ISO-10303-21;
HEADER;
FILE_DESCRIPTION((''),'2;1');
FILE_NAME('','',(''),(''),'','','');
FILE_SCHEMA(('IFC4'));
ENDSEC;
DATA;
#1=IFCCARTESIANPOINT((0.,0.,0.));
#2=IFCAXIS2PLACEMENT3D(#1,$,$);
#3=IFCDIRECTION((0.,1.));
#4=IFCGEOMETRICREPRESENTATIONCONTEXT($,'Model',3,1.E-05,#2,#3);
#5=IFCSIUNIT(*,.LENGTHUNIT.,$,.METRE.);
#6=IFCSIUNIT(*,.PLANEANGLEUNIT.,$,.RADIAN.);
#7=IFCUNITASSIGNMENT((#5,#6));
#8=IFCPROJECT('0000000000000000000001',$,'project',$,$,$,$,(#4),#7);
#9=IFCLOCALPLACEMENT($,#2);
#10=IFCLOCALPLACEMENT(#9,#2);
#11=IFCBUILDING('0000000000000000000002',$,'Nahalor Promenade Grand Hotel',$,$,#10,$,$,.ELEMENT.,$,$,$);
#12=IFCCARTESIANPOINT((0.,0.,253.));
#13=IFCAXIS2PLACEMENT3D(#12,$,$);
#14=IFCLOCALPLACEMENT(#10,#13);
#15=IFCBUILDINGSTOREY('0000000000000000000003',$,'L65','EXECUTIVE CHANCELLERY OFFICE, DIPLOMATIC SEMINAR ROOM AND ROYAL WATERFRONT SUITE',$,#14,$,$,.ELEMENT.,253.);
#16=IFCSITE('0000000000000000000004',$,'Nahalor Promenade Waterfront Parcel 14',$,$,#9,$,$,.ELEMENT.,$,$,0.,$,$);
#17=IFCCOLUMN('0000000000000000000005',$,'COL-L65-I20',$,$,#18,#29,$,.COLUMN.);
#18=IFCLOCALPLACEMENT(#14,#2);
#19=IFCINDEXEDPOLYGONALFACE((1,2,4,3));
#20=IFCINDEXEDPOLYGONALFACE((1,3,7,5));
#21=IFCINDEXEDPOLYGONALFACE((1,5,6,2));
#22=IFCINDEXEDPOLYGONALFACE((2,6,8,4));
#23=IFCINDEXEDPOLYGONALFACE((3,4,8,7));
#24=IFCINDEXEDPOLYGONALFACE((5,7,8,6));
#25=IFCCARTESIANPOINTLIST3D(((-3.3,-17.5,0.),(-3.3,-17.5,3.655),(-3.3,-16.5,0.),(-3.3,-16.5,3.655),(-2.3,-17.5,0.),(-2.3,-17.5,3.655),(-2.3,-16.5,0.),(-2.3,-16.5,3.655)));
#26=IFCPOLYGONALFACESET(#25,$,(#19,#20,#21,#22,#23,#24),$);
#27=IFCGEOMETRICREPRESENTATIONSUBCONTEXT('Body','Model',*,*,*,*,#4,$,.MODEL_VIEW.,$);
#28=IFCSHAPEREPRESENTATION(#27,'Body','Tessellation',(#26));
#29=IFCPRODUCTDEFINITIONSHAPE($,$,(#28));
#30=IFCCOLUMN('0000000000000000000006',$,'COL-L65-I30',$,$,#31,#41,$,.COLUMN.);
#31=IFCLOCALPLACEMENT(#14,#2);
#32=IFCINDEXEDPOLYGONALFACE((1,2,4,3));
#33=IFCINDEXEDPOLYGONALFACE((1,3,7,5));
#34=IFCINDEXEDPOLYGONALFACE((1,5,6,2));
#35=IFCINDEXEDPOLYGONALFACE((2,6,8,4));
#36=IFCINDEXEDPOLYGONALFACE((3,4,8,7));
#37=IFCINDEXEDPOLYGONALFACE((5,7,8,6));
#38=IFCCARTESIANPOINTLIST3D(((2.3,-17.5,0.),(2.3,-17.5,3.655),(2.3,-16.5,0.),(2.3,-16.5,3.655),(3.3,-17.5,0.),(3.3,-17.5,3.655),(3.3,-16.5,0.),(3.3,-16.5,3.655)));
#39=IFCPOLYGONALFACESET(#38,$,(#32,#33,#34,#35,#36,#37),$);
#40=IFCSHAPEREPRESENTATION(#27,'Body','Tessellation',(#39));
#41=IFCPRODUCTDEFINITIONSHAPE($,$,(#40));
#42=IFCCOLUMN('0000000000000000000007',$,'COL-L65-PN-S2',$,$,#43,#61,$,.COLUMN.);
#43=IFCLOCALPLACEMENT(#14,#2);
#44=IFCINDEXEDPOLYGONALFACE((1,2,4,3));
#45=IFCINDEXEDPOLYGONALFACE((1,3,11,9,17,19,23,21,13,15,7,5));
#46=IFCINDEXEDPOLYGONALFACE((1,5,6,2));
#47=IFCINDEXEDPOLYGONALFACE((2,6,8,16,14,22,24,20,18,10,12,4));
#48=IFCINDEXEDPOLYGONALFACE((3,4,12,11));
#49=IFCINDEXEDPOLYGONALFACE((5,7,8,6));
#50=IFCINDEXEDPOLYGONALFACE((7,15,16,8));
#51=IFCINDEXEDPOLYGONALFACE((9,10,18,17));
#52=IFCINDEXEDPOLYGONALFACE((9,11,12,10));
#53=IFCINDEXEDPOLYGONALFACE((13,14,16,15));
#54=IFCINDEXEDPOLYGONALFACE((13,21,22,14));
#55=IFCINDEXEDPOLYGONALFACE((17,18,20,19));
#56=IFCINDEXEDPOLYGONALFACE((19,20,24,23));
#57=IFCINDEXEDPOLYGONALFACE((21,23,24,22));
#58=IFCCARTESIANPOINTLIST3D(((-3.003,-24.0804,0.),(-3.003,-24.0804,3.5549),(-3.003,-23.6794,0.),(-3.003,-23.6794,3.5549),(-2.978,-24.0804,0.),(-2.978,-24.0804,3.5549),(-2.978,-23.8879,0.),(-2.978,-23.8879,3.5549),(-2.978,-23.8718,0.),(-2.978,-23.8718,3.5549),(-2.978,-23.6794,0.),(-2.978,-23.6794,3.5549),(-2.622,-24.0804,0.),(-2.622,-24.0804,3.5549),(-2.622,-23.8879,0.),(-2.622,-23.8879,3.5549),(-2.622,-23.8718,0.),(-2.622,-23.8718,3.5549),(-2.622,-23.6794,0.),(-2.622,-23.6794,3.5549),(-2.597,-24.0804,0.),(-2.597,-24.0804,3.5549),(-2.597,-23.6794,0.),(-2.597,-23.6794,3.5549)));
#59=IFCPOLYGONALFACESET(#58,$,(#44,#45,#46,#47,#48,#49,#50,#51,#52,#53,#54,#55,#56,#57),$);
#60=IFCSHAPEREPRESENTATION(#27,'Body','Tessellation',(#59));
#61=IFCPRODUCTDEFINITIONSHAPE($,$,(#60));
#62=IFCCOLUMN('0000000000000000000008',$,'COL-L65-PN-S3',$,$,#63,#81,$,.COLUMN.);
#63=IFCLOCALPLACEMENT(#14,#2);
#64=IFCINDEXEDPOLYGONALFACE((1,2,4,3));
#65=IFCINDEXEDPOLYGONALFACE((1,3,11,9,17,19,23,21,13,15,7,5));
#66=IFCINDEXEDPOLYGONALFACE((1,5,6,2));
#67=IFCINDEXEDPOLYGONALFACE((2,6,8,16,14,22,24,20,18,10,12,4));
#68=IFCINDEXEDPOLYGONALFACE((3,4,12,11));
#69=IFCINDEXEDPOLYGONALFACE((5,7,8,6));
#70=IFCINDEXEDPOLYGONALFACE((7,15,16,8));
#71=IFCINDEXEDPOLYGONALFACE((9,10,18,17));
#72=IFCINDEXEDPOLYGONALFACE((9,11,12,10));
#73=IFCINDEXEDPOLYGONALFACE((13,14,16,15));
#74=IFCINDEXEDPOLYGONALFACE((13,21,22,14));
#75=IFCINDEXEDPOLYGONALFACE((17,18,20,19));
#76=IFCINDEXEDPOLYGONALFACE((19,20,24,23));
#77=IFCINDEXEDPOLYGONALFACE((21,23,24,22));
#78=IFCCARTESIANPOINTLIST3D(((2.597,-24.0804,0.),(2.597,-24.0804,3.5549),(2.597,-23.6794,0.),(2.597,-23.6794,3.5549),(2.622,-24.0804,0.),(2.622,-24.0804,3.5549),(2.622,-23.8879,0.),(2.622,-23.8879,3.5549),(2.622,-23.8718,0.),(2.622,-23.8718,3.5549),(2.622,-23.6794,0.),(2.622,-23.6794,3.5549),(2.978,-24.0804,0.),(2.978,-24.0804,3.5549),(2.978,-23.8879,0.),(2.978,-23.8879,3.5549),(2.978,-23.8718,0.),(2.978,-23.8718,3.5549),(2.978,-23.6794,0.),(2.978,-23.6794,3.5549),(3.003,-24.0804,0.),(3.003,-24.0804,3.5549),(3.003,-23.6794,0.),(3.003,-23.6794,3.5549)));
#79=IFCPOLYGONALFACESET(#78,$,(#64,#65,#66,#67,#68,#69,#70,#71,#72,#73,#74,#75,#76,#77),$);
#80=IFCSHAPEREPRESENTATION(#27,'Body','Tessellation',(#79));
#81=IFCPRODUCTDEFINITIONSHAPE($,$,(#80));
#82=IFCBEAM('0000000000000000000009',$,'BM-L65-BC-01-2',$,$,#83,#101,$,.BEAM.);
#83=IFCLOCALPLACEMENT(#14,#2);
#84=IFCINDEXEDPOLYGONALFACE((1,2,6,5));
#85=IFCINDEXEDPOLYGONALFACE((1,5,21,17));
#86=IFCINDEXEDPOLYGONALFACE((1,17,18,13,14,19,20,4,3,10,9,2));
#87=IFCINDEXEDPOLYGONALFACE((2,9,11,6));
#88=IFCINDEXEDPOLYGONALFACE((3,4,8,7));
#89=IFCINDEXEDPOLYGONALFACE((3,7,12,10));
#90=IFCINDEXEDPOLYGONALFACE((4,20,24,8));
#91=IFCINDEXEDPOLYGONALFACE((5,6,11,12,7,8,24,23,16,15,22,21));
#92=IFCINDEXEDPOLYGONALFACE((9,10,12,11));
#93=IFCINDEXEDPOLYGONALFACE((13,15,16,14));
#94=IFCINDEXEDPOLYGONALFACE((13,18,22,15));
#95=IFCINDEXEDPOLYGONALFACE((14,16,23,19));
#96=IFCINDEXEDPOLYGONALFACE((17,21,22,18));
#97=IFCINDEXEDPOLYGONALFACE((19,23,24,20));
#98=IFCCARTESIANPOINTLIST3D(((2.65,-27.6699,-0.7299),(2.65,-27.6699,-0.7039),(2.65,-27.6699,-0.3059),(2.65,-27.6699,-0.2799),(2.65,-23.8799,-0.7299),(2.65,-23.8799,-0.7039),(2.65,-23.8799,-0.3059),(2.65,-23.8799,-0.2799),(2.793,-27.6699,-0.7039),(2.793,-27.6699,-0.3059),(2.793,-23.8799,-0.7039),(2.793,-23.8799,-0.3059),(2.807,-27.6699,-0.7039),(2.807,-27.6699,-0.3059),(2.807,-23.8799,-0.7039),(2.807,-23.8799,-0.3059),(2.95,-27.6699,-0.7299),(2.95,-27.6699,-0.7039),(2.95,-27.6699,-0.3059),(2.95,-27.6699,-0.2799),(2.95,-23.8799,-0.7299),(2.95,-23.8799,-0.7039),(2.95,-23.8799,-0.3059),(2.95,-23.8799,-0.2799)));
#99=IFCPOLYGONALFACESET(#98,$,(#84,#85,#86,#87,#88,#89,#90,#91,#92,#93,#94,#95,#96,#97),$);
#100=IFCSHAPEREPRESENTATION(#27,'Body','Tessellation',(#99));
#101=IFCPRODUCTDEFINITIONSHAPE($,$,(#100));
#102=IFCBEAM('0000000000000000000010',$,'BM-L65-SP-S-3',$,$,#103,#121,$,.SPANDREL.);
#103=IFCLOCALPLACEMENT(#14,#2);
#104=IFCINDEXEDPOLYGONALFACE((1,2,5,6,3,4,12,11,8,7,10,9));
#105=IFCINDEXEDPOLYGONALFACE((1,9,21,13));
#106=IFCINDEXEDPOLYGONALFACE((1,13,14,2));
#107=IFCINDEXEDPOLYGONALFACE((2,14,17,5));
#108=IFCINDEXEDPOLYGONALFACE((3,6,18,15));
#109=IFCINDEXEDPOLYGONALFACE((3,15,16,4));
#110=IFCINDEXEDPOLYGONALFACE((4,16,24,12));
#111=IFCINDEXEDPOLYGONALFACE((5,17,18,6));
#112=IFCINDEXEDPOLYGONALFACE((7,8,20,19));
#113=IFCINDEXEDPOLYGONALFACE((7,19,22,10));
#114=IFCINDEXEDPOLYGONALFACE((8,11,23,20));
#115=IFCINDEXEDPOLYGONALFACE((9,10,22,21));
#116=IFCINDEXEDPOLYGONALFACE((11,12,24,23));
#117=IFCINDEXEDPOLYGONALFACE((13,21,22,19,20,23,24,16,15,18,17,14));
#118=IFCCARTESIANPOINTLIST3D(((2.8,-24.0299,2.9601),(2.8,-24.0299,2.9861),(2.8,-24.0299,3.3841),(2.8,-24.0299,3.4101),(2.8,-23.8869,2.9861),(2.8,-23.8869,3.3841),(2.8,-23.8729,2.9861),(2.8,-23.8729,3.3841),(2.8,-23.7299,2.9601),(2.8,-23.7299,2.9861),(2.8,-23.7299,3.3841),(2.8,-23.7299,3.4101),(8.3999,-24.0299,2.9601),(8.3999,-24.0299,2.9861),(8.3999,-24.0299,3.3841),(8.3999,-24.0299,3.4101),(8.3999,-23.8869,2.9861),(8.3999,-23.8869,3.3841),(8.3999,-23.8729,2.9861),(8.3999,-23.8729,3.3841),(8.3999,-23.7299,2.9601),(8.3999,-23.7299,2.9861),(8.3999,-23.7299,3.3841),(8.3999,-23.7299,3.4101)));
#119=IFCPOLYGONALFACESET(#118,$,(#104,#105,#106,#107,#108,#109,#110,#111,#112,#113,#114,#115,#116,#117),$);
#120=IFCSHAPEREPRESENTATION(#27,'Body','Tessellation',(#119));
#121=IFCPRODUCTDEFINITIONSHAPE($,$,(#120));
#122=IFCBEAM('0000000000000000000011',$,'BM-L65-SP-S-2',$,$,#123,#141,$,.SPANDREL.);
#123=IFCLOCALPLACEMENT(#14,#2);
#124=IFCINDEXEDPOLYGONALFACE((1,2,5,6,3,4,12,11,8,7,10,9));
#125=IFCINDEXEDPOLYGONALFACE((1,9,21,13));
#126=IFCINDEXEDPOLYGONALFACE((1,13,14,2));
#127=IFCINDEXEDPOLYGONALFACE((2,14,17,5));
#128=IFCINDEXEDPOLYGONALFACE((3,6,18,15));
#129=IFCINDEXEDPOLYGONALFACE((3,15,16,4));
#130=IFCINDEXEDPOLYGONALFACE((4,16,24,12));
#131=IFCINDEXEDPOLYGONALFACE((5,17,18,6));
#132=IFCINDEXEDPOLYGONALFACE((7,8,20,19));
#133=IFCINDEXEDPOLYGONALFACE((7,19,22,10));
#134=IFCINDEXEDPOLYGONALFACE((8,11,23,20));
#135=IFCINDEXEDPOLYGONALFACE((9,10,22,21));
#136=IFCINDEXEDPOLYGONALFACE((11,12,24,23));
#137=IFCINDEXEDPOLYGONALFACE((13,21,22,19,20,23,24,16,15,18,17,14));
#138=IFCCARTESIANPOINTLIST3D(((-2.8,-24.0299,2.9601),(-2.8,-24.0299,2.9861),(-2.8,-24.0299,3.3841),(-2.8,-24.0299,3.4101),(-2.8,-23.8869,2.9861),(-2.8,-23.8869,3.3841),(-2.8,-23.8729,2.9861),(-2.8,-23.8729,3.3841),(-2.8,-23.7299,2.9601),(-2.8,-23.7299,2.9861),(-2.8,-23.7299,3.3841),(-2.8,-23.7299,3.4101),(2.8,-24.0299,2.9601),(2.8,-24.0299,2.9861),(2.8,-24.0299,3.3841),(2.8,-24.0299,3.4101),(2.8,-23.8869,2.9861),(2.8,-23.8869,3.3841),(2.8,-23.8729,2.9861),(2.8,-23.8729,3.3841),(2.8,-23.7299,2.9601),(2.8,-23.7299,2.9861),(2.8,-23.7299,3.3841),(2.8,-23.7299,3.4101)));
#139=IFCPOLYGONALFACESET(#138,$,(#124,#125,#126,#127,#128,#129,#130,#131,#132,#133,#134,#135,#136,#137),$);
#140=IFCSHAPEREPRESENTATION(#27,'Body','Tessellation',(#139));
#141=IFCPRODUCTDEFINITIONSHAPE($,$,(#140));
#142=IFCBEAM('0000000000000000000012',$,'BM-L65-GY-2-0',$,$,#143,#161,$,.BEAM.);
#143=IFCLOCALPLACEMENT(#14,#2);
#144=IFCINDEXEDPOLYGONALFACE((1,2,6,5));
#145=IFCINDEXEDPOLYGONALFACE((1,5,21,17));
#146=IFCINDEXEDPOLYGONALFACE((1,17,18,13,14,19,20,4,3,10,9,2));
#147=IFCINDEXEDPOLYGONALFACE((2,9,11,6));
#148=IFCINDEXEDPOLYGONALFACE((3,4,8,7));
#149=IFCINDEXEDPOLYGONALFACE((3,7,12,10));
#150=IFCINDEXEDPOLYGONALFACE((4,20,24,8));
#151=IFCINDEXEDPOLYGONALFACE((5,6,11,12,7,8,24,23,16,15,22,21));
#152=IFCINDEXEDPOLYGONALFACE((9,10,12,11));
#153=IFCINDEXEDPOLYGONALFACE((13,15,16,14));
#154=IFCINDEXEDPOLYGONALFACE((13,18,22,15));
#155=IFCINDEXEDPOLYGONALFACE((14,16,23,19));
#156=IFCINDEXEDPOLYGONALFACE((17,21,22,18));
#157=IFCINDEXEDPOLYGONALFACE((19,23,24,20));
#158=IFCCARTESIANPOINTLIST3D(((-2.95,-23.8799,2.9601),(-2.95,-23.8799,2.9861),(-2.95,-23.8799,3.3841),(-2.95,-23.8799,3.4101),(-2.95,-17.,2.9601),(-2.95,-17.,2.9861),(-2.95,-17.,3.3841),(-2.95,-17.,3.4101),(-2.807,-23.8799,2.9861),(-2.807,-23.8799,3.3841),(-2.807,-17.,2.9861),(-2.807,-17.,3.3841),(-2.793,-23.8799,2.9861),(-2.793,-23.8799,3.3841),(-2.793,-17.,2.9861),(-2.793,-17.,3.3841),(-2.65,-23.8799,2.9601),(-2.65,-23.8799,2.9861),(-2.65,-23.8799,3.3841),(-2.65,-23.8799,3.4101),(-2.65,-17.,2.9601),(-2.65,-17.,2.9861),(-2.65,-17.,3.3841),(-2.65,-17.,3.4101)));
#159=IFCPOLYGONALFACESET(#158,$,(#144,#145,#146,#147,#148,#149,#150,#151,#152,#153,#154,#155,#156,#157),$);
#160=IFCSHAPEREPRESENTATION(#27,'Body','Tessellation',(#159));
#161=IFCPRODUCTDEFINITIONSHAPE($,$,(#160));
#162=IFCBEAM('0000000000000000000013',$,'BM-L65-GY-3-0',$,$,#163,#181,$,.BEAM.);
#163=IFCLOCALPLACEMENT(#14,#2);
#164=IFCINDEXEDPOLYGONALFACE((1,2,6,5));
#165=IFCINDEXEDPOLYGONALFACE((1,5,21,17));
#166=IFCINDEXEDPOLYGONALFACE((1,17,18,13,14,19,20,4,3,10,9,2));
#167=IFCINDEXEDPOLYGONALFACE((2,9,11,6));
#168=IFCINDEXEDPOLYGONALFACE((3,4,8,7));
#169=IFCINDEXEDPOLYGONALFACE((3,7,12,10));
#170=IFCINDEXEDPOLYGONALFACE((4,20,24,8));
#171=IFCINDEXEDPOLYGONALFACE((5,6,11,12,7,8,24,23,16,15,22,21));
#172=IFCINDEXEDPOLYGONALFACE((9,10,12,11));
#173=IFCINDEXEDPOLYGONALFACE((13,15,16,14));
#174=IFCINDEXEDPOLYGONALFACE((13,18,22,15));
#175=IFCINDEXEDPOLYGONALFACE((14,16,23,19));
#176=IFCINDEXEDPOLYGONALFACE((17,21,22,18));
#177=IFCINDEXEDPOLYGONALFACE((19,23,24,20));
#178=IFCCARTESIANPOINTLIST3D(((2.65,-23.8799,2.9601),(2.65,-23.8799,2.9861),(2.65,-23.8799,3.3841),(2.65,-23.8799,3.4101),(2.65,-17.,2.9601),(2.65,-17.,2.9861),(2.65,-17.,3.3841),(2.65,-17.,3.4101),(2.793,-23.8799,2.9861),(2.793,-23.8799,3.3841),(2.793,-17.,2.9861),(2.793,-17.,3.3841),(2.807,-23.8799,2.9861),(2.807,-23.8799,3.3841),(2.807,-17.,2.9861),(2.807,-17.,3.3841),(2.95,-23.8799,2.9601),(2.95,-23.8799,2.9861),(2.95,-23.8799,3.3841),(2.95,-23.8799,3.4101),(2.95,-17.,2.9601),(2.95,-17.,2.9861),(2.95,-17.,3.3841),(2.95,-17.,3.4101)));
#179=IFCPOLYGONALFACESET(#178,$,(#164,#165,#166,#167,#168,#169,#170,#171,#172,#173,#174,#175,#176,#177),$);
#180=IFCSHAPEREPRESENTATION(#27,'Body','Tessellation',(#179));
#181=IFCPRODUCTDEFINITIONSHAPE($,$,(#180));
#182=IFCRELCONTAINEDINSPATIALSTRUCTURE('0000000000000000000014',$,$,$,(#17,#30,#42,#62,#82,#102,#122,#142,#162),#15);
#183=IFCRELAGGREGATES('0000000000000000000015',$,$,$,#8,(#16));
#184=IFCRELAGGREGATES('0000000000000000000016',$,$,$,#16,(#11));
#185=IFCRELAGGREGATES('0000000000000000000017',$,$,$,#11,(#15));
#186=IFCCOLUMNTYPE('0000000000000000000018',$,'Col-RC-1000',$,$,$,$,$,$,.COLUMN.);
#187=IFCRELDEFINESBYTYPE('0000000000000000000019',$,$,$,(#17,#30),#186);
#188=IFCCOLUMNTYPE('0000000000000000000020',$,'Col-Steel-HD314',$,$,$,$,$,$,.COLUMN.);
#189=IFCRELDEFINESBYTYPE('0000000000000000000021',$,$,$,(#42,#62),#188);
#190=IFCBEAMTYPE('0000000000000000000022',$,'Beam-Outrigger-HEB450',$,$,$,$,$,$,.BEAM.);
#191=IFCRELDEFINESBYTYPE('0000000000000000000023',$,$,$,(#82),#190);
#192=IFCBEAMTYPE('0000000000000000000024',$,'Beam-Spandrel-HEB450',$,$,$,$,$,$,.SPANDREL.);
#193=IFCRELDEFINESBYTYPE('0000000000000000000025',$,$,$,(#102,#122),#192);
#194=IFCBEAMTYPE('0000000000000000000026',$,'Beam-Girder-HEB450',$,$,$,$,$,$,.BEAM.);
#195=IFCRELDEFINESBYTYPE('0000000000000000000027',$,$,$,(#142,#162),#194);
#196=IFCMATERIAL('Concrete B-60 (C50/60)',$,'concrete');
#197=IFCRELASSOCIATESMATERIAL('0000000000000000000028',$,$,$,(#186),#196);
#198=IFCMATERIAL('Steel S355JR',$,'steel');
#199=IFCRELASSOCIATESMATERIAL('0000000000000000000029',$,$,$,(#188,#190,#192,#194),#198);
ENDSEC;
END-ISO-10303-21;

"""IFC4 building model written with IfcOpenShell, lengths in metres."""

from ifc_helpers import new_model, si_unit, direction, frame, origin, origin_2d, place, context, subcontext, project, spatial, rectangle, i_section, extrude, source, transform, mapped, material, material_profile, profile_set, type_object, element, save


model = new_model("IFC4")

# Units and contexts
model_context = context("Model", 3, precision=1e-05, world=origin(), true_north=direction((0.0, 1.0)))
body_context = subcontext(model_context, "Body", "Model", "MODEL_VIEW")
ifc_project = project(units=[si_unit("LENGTHUNIT", "METRE"), si_unit("PLANEANGLEUNIT", "RADIAN")], contexts=[model_context])

# Site, building, storey
site_placement = place(None, origin())
site = spatial("IfcSite", under=ifc_project, at=site_placement, Name="Nahalor Promenade Waterfront Parcel 14", CompositionType="ELEMENT", RefElevation=0.0)
building_placement = place(site_placement, origin())
building = spatial("IfcBuilding", under=site, at=building_placement, Name="Nahalor Promenade Grand Hotel", CompositionType="ELEMENT")
storey_placement = place(building_placement, frame((0.0, 0.0, 253.0)))
storey = spatial("IfcBuildingStorey", under=building, at=storey_placement, Name="L65", Description="EXECUTIVE CHANCELLERY OFFICE, DIPLOMATIC SEMINAR ROOM AND ROYAL WATERFRONT SUITE", CompositionType="ELEMENT", Elevation=253.0)

# Columns
ifc_material_1 = material(Name="Concrete B-60 (C50/60)", Category="concrete")
ifc_material_profile_1 = material_profile(ifc_material_1, rectangle(XDim=1.0, YDim=1.0, at=origin_2d()), Name="RC 1000x1000")
ifc_profile_set_1 = profile_set([ifc_material_profile_1], Name="Concrete B-60 (C50/60)")
column_type_1 = type_object("IfcColumnType", Name="Col-RC-1000", PredefinedType="COLUMN", material=ifc_profile_set_1)
shared_shape_1 = source(origin(), body_context, "Body", "SweptSolid", [
    extrude(rectangle(XDim=1.0, YDim=1.0, at=origin_2d()), origin(), (0.0, 0.0, 1.0), 3.655),
])
for number, where, z_axis, x_axis, name in (
    (1, (-2.8, -17.0, 0.0), (0.0, 0.0, 1.0), (1.0, 0.0, 0.0), "COL-L65-I20"),
    (2, (2.8, -17.0, 0.0), (0.0, 0.0, 1.0), (1.0, 0.0, 0.0), "COL-L65-I30"),
):
    element("IfcColumn", number, at=place(storey_placement, frame(where, z_axis=z_axis, x_axis=x_axis)), inside=storey, type_object=column_type_1, Name=name, PredefinedType="COLUMN", context=body_context, shape_type="MappedRepresentation", body=[
        mapped(shared_shape_1, transform((0.0, 0.0, 0.0), scale=1.0)),
    ])
ifc_material_2 = material(Name="Steel S355JR", Category="steel")
ifc_material_profile_2 = material_profile(ifc_material_2, i_section(OverallWidth=0.401, OverallDepth=0.406, WebThickness=0.0161, FlangeThickness=0.025, at=origin_2d()), Name="HD 400x314")
ifc_profile_set_2 = profile_set([ifc_material_profile_2], Name="Steel S355JR")
column_type_2 = type_object("IfcColumnType", Name="Col-Steel-HD314", PredefinedType="COLUMN", material=ifc_profile_set_2)
shared_shape_2 = source(origin(), body_context, "Body", "SweptSolid", [
    extrude(i_section(OverallWidth=0.401, OverallDepth=0.406, WebThickness=0.0161, FlangeThickness=0.025, at=origin_2d()), origin(), (0.0, 0.0, 1.0), 3.5549),
])
for number, where, z_axis, x_axis, name in (
    (3, (-2.8, -23.8799, 0.0), (0.0, 0.0, 1.0), (0.0, 1.0, 0.0), "COL-L65-PN-S2"),
    (4, (2.8, -23.8799, 0.0), (0.0, 0.0, 1.0), (0.0, 1.0, 0.0), "COL-L65-PN-S3"),
):
    element("IfcColumn", number, at=place(storey_placement, frame(where, z_axis=z_axis, x_axis=x_axis)), inside=storey, type_object=column_type_2, Name=name, PredefinedType="COLUMN", context=body_context, shape_type="MappedRepresentation", body=[
        mapped(shared_shape_2, transform((0.0, 0.0, 0.0), scale=1.0)),
    ])

# Beams
ifc_material_profile_3 = material_profile(ifc_material_2, i_section(OverallWidth=0.3, OverallDepth=0.45, WebThickness=0.014, FlangeThickness=0.026, at=origin_2d()), Name="HEB 450")
ifc_profile_set_3 = profile_set([ifc_material_profile_3], Name="Steel S355JR")
beam_type_1 = type_object("IfcBeamType", Name="Beam-Outrigger-HEB450", PredefinedType="BEAM", material=ifc_profile_set_3)
shared_shape_3 = source(origin(), body_context, "Body", "SweptSolid", [
    extrude(i_section(OverallWidth=0.3, OverallDepth=0.45, WebThickness=0.014, FlangeThickness=0.026, at=origin_2d()), origin(), (0.0, 0.0, 1.0), 3.79),
])
beam_1_placement = place(storey_placement, frame((2.8, -27.6699, -0.5049), z_axis=(0.0, 1.0, 0.0), x_axis=(-1.0, 0.0, 0.0)))
element("IfcBeam", 5, at=beam_1_placement, inside=storey, type_object=beam_type_1, Name="BM-L65-BC-01-2", PredefinedType="BEAM", context=body_context, shape_type="MappedRepresentation", body=[
    mapped(shared_shape_3, transform((0.0, 0.0, 0.0), scale=1.0)),
])
ifc_material_profile_4 = material_profile(ifc_material_2, i_section(OverallWidth=0.3, OverallDepth=0.45, WebThickness=0.014, FlangeThickness=0.026, at=origin_2d()), Name="HEB 450")
ifc_profile_set_4 = profile_set([ifc_material_profile_4], Name="Steel S355JR")
beam_type_2 = type_object("IfcBeamType", Name="Beam-Spandrel-HEB450", PredefinedType="SPANDREL", material=ifc_profile_set_4)
shared_shape_4 = source(origin(), body_context, "Body", "SweptSolid", [
    extrude(i_section(OverallWidth=0.3, OverallDepth=0.45, WebThickness=0.014, FlangeThickness=0.026, at=origin_2d()), origin(), (0.0, 0.0, 1.0), 5.5999),
])
beam_2_placement = place(storey_placement, frame((2.8, -23.8799, 3.1851), z_axis=(1.0, 0.0, 0.0), x_axis=(0.0, 1.0, 0.0)))
element("IfcBeam", 6, at=beam_2_placement, inside=storey, type_object=beam_type_2, Name="BM-L65-SP-S-3", PredefinedType="SPANDREL", context=body_context, shape_type="MappedRepresentation", body=[
    mapped(shared_shape_4, transform((0.0, 0.0, 0.0), scale=1.0)),
])
shared_shape_5 = source(origin(), body_context, "Body", "SweptSolid", [
    extrude(i_section(OverallWidth=0.3, OverallDepth=0.45, WebThickness=0.014, FlangeThickness=0.026, at=origin_2d()), origin(), (0.0, 0.0, 1.0), 5.6001),
])
beam_3_placement = place(storey_placement, frame((-2.8, -23.8799, 3.1851), z_axis=(1.0, 0.0, 0.0), x_axis=(0.0, 1.0, 0.0)))
element("IfcBeam", 7, at=beam_3_placement, inside=storey, type_object=beam_type_2, Name="BM-L65-SP-S-2", PredefinedType="SPANDREL", context=body_context, shape_type="MappedRepresentation", body=[
    mapped(shared_shape_5, transform((0.0, 0.0, 0.0), scale=1.0)),
])
ifc_material_profile_5 = material_profile(ifc_material_2, i_section(OverallWidth=0.3, OverallDepth=0.45, WebThickness=0.014, FlangeThickness=0.026, at=origin_2d()), Name="HEB 450")
ifc_profile_set_5 = profile_set([ifc_material_profile_5], Name="Steel S355JR")
beam_type_3 = type_object("IfcBeamType", Name="Beam-Girder-HEB450", PredefinedType="BEAM", material=ifc_profile_set_5)
shared_shape_6 = source(origin(), body_context, "Body", "SweptSolid", [
    extrude(i_section(OverallWidth=0.3, OverallDepth=0.45, WebThickness=0.014, FlangeThickness=0.026, at=origin_2d()), origin(), (0.0, 0.0, 1.0), 6.8799),
])
for number, where, z_axis, x_axis, name in (
    (8, (-2.8, -23.8799, 3.1851), (0.0, 1.0, 0.0), (-1.0, 0.0, 0.0), "BM-L65-GY-2-0"),
    (9, (2.8, -23.8799, 3.1851), (0.0, 1.0, 0.0), (-1.0, 0.0, 0.0), "BM-L65-GY-3-0"),
):
    element("IfcBeam", number, at=place(storey_placement, frame(where, z_axis=z_axis, x_axis=x_axis)), inside=storey, type_object=beam_type_3, Name=name, PredefinedType="BEAM", context=body_context, shape_type="MappedRepresentation", body=[
        mapped(shared_shape_6, transform((0.0, 0.0, 0.0), scale=1.0)),
    ])

save(model, "model.ifc")
